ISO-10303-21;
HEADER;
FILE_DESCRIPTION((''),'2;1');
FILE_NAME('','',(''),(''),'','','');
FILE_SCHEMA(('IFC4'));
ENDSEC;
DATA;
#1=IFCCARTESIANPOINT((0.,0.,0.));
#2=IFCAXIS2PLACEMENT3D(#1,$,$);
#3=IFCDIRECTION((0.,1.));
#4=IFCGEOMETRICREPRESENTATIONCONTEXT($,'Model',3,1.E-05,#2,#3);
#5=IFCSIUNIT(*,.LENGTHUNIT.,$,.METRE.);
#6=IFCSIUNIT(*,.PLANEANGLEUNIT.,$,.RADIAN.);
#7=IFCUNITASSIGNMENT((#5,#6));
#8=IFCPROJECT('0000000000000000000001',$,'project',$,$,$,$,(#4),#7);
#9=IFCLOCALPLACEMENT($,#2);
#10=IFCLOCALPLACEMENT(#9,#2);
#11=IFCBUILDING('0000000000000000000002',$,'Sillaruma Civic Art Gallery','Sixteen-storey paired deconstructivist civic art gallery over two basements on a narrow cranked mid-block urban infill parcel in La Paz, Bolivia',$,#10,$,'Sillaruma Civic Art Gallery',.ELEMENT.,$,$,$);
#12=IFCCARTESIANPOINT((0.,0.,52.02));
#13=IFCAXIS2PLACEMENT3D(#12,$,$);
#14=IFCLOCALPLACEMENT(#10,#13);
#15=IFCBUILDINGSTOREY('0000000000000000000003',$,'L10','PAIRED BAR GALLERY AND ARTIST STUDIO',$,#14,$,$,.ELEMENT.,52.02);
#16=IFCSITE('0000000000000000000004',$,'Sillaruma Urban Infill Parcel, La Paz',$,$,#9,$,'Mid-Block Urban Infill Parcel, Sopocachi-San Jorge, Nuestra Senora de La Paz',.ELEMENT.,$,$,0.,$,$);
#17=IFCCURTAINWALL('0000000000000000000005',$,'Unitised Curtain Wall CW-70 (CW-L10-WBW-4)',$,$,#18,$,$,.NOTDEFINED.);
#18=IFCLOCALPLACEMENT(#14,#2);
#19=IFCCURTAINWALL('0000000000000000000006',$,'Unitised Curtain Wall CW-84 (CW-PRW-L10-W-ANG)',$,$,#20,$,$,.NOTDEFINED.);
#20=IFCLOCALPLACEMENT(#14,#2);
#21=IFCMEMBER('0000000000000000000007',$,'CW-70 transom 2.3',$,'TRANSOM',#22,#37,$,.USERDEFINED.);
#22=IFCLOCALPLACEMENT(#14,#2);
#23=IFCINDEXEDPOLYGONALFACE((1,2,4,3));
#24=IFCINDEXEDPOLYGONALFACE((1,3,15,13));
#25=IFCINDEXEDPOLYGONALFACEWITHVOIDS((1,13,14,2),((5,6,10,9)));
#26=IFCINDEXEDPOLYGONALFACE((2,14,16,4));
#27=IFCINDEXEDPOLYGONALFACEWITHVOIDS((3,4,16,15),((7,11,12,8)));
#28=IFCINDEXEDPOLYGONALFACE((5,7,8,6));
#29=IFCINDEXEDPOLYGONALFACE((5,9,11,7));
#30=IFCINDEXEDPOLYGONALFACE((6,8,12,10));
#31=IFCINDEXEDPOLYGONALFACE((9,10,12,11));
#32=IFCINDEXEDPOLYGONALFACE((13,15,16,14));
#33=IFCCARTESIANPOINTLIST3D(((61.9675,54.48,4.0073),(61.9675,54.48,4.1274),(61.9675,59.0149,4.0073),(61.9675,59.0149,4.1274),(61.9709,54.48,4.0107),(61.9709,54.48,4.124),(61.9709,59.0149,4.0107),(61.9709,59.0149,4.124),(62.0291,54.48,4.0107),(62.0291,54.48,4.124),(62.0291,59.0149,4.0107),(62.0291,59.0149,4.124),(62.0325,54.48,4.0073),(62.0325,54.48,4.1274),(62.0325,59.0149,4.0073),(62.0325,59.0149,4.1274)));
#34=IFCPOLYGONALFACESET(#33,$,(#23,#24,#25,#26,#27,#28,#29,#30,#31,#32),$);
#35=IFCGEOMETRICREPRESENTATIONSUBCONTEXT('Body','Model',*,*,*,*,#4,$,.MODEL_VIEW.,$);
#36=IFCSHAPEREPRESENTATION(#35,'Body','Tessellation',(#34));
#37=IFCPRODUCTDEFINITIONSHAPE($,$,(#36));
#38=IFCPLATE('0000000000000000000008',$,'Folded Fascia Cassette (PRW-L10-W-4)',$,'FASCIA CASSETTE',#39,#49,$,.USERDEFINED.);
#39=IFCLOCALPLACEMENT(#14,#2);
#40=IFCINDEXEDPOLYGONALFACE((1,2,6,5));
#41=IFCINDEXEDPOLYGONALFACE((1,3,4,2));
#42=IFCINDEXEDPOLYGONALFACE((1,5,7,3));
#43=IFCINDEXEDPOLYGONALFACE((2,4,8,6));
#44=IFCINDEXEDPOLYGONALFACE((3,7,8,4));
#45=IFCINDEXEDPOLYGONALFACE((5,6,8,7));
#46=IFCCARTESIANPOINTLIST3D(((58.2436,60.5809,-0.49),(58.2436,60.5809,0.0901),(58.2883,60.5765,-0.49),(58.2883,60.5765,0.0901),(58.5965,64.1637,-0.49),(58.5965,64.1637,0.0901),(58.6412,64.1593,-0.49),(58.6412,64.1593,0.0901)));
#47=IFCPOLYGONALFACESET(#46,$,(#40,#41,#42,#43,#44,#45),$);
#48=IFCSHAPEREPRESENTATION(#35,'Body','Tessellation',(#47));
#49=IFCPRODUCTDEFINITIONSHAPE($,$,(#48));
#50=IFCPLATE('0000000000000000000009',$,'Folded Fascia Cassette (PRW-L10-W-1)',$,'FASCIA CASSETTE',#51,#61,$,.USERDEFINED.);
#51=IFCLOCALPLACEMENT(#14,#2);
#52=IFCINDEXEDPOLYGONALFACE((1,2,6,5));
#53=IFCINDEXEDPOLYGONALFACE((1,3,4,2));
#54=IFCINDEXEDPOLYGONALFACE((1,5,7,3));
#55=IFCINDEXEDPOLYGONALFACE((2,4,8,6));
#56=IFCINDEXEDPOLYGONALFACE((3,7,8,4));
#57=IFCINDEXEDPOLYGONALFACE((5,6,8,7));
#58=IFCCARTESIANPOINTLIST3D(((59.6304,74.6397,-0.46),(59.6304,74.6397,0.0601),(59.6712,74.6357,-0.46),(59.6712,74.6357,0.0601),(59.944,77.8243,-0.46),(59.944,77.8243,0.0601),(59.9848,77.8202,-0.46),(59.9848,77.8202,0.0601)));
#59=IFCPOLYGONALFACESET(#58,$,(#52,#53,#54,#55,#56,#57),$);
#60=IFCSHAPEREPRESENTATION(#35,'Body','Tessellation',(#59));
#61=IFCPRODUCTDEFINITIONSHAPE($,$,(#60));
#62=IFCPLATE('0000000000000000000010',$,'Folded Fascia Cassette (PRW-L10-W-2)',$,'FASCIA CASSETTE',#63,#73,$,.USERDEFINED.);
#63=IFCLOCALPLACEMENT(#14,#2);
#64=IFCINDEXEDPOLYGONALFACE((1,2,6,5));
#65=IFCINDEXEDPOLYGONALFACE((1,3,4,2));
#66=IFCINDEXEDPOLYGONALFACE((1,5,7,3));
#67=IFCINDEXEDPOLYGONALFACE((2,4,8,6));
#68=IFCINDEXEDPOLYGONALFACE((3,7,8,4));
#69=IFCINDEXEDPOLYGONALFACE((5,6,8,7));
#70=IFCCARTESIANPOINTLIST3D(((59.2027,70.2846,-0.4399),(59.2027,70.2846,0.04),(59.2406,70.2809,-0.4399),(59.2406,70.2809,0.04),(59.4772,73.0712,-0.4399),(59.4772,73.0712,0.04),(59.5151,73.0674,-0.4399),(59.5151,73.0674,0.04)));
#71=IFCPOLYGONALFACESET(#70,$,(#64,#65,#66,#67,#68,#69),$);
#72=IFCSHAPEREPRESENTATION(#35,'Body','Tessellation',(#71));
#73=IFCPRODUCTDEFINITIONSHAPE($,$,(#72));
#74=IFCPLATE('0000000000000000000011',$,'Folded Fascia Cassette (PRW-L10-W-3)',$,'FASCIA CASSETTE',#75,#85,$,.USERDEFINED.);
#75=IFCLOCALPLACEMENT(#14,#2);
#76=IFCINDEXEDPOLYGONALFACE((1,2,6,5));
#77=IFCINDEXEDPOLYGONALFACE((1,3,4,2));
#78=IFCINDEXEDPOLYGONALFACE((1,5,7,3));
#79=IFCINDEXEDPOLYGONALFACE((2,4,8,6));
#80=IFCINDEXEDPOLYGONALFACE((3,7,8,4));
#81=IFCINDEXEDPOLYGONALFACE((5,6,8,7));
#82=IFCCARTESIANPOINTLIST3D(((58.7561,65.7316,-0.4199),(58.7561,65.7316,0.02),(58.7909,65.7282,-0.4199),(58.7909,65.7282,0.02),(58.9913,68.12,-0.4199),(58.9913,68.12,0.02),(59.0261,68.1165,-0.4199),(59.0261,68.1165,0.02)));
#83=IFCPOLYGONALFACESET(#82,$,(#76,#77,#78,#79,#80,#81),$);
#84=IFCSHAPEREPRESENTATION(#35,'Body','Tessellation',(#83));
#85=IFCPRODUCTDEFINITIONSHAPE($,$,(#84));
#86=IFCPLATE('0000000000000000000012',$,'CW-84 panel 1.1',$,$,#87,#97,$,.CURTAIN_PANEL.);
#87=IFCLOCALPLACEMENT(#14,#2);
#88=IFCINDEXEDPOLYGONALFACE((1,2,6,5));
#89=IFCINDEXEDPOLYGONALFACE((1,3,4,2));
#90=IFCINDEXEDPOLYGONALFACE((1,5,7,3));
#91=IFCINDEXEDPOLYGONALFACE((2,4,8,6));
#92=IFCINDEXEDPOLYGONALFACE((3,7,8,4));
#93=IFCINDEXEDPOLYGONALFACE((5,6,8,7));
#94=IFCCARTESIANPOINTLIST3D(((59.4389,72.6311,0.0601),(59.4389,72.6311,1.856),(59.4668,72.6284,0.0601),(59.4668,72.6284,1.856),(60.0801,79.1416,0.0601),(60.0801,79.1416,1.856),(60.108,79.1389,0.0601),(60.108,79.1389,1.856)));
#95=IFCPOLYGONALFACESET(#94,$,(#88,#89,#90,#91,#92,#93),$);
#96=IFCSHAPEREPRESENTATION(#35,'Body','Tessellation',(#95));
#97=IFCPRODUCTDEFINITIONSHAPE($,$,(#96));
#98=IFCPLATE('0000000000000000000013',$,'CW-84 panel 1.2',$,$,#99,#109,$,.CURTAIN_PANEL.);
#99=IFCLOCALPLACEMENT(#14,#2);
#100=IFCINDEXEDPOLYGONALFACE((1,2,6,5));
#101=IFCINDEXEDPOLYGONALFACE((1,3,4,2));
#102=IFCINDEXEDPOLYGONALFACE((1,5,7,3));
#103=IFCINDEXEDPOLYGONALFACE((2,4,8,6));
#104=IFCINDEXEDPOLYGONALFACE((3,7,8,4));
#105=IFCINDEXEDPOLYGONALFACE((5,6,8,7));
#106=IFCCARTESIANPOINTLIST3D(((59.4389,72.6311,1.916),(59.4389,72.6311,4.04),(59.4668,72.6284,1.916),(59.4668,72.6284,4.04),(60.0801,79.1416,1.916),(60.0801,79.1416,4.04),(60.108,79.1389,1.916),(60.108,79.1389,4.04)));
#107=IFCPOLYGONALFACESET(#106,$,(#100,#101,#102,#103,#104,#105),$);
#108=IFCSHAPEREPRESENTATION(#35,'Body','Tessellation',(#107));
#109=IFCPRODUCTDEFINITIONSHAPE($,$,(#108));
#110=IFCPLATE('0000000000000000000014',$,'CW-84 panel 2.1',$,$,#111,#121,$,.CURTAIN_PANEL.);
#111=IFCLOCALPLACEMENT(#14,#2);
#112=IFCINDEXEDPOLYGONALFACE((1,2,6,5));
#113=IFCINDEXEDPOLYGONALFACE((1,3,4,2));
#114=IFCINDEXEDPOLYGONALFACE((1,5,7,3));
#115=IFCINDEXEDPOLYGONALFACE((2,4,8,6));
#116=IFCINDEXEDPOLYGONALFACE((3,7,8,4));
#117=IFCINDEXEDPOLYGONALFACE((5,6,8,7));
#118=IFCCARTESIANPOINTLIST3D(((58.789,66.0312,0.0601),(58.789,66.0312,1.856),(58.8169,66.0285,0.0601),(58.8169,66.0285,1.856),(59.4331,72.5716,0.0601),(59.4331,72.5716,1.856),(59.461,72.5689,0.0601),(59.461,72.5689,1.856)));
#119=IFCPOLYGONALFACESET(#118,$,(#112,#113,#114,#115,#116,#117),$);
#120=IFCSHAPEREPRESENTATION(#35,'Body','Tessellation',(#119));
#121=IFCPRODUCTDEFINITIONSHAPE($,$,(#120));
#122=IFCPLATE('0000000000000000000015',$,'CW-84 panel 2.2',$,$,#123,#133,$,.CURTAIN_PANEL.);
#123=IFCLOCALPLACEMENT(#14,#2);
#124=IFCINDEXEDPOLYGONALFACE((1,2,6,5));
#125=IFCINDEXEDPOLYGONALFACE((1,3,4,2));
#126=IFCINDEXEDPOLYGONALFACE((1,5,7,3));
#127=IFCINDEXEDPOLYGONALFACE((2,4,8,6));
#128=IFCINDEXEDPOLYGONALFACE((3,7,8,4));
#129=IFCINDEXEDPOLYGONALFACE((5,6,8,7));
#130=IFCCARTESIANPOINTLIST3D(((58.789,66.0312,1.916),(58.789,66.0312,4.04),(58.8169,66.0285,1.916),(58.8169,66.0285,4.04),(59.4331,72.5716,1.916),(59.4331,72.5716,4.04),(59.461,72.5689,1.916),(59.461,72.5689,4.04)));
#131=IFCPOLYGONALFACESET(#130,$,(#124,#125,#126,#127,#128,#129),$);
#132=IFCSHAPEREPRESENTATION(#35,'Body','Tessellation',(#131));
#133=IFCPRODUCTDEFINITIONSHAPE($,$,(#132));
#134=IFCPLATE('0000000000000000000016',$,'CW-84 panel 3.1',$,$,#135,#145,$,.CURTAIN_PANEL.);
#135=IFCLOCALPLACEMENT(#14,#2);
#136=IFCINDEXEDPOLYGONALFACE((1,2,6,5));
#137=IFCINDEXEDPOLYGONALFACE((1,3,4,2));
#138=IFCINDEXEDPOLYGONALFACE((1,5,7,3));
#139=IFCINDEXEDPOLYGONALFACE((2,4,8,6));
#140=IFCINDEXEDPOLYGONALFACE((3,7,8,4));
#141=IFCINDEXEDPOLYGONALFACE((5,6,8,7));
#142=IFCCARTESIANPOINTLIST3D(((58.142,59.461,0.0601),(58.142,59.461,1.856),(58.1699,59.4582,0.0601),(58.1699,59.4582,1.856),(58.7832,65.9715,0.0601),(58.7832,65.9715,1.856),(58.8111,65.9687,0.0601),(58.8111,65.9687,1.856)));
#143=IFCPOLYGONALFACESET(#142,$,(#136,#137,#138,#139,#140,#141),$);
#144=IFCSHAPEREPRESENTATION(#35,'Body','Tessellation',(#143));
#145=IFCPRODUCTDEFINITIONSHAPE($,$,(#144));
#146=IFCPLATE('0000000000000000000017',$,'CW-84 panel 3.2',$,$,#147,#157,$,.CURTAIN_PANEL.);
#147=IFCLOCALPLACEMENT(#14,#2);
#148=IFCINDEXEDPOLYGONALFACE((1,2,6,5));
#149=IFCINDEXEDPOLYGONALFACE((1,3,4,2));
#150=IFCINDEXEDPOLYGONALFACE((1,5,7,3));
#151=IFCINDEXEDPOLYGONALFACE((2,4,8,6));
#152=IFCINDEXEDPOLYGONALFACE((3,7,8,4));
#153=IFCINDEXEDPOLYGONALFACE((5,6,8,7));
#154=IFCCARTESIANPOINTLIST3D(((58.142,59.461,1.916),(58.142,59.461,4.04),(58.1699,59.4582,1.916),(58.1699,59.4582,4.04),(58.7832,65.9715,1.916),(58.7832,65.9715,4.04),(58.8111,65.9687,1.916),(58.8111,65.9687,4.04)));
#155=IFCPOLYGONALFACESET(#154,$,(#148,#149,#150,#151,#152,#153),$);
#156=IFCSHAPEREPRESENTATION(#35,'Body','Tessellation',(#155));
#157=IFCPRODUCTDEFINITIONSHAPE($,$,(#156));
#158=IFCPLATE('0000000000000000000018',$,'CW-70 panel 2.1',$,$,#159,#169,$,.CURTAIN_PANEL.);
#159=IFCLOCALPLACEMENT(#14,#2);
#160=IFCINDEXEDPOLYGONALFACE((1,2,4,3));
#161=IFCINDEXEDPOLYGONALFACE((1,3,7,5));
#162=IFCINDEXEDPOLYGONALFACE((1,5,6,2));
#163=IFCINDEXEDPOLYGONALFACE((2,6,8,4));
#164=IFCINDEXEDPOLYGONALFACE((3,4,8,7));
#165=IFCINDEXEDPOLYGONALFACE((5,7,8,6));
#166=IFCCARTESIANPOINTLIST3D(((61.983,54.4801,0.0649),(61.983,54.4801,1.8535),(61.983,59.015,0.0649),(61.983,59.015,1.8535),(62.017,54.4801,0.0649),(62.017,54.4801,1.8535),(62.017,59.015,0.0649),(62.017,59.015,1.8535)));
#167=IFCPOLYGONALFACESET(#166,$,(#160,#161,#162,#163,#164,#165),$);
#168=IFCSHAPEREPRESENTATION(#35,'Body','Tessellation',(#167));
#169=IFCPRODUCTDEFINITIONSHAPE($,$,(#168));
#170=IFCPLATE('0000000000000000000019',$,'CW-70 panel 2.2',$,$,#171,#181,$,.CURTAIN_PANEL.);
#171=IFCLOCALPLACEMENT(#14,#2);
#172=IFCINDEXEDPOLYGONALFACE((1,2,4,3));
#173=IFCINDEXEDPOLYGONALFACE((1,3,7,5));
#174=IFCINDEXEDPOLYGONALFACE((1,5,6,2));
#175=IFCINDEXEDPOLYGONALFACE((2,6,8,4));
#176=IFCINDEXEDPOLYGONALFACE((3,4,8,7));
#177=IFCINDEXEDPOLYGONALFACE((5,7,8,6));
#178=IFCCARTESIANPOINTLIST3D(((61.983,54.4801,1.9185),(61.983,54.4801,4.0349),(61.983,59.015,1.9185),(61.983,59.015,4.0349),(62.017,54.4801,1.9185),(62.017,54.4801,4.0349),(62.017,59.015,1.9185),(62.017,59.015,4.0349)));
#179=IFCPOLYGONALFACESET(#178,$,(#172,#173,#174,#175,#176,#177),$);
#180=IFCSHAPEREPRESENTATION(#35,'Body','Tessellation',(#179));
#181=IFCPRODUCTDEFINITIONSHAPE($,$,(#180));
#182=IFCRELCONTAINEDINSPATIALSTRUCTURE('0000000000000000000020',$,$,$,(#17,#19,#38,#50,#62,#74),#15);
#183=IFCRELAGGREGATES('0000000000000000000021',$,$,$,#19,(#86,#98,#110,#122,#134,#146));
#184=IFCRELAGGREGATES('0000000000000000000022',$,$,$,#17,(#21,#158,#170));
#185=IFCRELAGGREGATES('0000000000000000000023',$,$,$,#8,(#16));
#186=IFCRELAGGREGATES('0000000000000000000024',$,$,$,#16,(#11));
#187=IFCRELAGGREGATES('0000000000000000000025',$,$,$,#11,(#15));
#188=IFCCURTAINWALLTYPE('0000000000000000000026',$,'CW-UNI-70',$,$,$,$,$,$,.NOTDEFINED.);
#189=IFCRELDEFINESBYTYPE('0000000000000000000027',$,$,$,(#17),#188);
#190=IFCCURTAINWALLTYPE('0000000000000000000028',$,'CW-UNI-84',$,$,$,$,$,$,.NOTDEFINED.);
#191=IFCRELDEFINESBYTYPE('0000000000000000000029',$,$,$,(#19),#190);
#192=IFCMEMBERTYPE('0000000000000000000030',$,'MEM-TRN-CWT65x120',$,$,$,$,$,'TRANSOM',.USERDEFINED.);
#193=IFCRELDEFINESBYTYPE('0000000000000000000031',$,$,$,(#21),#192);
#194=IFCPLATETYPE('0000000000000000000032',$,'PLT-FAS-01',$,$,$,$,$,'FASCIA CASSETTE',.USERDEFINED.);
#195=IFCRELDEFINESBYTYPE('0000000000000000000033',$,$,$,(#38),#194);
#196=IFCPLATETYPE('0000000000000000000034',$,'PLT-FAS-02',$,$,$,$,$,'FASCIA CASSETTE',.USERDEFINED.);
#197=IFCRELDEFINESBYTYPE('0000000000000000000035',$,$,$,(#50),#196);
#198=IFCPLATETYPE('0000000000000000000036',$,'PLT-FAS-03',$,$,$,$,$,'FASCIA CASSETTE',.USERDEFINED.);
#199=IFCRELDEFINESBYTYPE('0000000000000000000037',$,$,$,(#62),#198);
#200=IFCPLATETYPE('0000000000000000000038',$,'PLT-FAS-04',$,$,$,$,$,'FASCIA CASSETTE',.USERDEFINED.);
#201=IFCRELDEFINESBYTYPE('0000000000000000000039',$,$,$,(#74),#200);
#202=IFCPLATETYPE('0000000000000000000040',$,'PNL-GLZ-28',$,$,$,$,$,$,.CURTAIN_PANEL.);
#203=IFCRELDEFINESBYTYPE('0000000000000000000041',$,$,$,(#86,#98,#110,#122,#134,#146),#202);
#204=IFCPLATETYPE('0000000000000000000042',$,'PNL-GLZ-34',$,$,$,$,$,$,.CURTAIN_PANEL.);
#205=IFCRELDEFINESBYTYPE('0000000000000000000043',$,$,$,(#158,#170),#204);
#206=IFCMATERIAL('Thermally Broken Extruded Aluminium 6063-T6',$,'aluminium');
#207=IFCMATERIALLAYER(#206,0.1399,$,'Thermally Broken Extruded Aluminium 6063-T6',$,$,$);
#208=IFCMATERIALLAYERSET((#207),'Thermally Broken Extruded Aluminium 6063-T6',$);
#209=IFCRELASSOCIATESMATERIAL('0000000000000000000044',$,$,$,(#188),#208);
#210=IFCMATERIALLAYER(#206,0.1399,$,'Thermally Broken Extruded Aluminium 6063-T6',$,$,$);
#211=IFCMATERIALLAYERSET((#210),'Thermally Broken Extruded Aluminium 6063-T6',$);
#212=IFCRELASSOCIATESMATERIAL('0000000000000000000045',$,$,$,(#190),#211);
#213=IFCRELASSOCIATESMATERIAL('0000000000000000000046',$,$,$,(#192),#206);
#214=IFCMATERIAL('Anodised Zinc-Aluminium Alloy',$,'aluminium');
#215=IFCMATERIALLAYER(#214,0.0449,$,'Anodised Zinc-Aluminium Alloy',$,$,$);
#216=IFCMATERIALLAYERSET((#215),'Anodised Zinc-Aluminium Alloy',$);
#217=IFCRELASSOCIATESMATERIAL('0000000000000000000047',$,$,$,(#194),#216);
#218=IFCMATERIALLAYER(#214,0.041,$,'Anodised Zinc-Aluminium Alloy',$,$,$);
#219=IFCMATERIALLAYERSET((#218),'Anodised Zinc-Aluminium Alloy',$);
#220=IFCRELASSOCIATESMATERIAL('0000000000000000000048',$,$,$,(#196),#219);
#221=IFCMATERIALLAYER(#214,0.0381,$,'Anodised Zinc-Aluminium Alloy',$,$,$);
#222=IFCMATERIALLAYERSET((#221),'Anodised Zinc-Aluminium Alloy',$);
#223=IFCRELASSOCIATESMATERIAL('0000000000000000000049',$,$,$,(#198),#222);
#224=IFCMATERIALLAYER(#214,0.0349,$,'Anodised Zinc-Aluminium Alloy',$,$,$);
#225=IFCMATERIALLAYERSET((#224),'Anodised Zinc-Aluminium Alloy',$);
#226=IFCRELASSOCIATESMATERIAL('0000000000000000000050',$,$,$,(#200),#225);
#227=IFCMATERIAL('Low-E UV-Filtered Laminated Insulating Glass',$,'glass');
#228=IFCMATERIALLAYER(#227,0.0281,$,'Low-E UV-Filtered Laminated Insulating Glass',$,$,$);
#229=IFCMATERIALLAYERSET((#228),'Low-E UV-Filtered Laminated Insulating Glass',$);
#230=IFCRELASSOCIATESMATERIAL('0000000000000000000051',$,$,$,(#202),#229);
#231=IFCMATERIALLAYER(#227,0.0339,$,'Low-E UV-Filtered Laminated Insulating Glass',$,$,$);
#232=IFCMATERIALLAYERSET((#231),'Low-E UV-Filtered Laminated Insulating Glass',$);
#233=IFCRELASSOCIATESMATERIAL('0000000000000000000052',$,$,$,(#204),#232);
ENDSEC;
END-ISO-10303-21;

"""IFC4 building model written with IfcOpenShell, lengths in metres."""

from ifc_helpers import new_model, si_unit, direction, frame, origin, origin_2d, place, context, subcontext, project, spatial, rectangle, hollow_rectangle, extrude, material, layer, layer_set, material_profile, profile_set, type_object, element, aggregate, save


model = new_model("IFC4")

# Units and contexts
model_context = context("Model", 3, precision=1e-05, world=origin(), true_north=direction((0.0, 1.0)))
body_context = subcontext(model_context, "Body", "Model", "MODEL_VIEW")
ifc_project = project(units=[si_unit("LENGTHUNIT", "METRE"), si_unit("PLANEANGLEUNIT", "RADIAN")], contexts=[model_context])

# Site, building, storey
site_placement = place(None, origin())
site = spatial("IfcSite", under=ifc_project, at=site_placement, Name="Sillaruma Urban Infill Parcel, La Paz", LongName="Mid-Block Urban Infill Parcel, Sopocachi-San Jorge, Nuestra Senora de La Paz", CompositionType="ELEMENT", RefElevation=0.0)
building_placement = place(site_placement, origin())
building = spatial("IfcBuilding", under=site, at=building_placement, Name="Sillaruma Civic Art Gallery", Description="Sixteen-storey paired deconstructivist civic art gallery over two basements on a narrow cranked mid-block urban infill parcel in La Paz, Bolivia", LongName="Sillaruma Civic Art Gallery", CompositionType="ELEMENT")
storey_placement = place(building_placement, frame((0.0, 0.0, 52.02)))
storey = spatial("IfcBuildingStorey", under=building, at=storey_placement, Name="L10", Description="PAIRED BAR GALLERY AND ARTIST STUDIO", CompositionType="ELEMENT", Elevation=52.02)

# Curtain wall
ifc_material_1 = material(Name="Thermally Broken Extruded Aluminium 6063-T6", Category="aluminium")
ifc_layer_1 = layer(ifc_material_1, 0.1399, Name="Thermally Broken Extruded Aluminium 6063-T6")
ifc_layer_set_1 = layer_set([ifc_layer_1], Name="Thermally Broken Extruded Aluminium 6063-T6")
curtain_wall_type_1 = type_object("IfcCurtainWallType", Name="CW-UNI-70", PredefinedType="NOTDEFINED", material=ifc_layer_set_1)
curtain_wall_1_placement = place(storey_placement, origin())
curtain_wall_1 = element("IfcCurtainWall", 1, at=curtain_wall_1_placement, inside=storey, type_object=curtain_wall_type_1, Name="Unitised Curtain Wall CW-70 (CW-L10-WBW-4)", PredefinedType="NOTDEFINED")

# Curtain wall
ifc_layer_2 = layer(ifc_material_1, 0.1399, Name="Thermally Broken Extruded Aluminium 6063-T6")
ifc_layer_set_2 = layer_set([ifc_layer_2], Name="Thermally Broken Extruded Aluminium 6063-T6")
curtain_wall_type_2 = type_object("IfcCurtainWallType", Name="CW-UNI-84", PredefinedType="NOTDEFINED", material=ifc_layer_set_2)
curtain_wall_2_placement = place(storey_placement, origin())
curtain_wall_2 = element("IfcCurtainWall", 2, at=curtain_wall_2_placement, inside=storey, type_object=curtain_wall_type_2, Name="Unitised Curtain Wall CW-84 (CW-PRW-L10-W-ANG)", PredefinedType="NOTDEFINED")

# Member
ifc_material_profile_1 = material_profile(ifc_material_1, hollow_rectangle(XDim=0.0649, YDim=0.1201, WallThickness=0.0034, at=origin_2d()), Name="CWT65x120")
ifc_profile_set_1 = profile_set([ifc_material_profile_1], Name="Thermally Broken Extruded Aluminium 6063-T6")
member_type_1 = type_object("IfcMemberType", Name="MEM-TRN-CWT65x120", ElementType="TRANSOM", PredefinedType="USERDEFINED", material=ifc_profile_set_1)
member_1_placement = place(storey_placement, frame((62.0, 54.48, 4.0674), z_axis=(0.0, 1.0, 0.0), x_axis=(-1.0, 0.0, 0.0)))
member_1 = element("IfcMember", 3, at=member_1_placement, type_object=member_type_1, Name="CW-70 transom 2.3", ObjectType="TRANSOM", PredefinedType="USERDEFINED", context=body_context, shape_type="SweptSolid", body=[
    extrude(hollow_rectangle(XDim=0.0649, YDim=0.1201, WallThickness=0.0034, at=origin_2d()), origin(), (0.0, 0.0, 1.0), 4.5349),
])

# Plates
ifc_material_2 = material(Name="Anodised Zinc-Aluminium Alloy", Category="aluminium")
ifc_layer_3 = layer(ifc_material_2, 0.0449, Name="Anodised Zinc-Aluminium Alloy")
ifc_layer_set_3 = layer_set([ifc_layer_3], Name="Anodised Zinc-Aluminium Alloy")
plate_type_1 = type_object("IfcPlateType", Name="PLT-FAS-01", ElementType="FASCIA CASSETTE", PredefinedType="USERDEFINED", material=ifc_layer_set_3)
plate_1_placement = place(storey_placement, frame((58.4424, 62.3701, -0.49), z_axis=(0.0, 0.0, 1.0), x_axis=(-0.098011, -0.995185, 0.0)))
element("IfcPlate", 4, at=plate_1_placement, inside=storey, type_object=plate_type_1, Name="Folded Fascia Cassette (PRW-L10-W-4)", ObjectType="FASCIA CASSETTE", PredefinedType="USERDEFINED", context=body_context, shape_type="SweptSolid", body=[
    extrude(rectangle(XDim=3.6001, YDim=0.0449, at=origin_2d()), origin(), (0.0, 0.0, 1.0), 0.5801),
])
ifc_layer_4 = layer(ifc_material_2, 0.041, Name="Anodised Zinc-Aluminium Alloy")
ifc_layer_set_4 = layer_set([ifc_layer_4], Name="Anodised Zinc-Aluminium Alloy")
plate_type_2 = type_object("IfcPlateType", Name="PLT-FAS-02", ElementType="FASCIA CASSETTE", PredefinedType="USERDEFINED", material=ifc_layer_set_4)
plate_2_placement = place(storey_placement, frame((59.8076, 76.23, -0.46), z_axis=(0.0, 0.0, 1.0), x_axis=(-0.098011, -0.995185, 0.0)))
element("IfcPlate", 5, at=plate_2_placement, inside=storey, type_object=plate_type_2, Name="Folded Fascia Cassette (PRW-L10-W-1)", ObjectType="FASCIA CASSETTE", PredefinedType="USERDEFINED", context=body_context, shape_type="SweptSolid", body=[
    extrude(rectangle(XDim=3.2, YDim=0.041, at=origin_2d()), origin(), (0.0, 0.0, 1.0), 0.52),
])
ifc_layer_5 = layer(ifc_material_2, 0.0381, Name="Anodised Zinc-Aluminium Alloy")
ifc_layer_set_5 = layer_set([ifc_layer_5], Name="Anodised Zinc-Aluminium Alloy")
plate_type_3 = type_object("IfcPlateType", Name="PLT-FAS-03", ElementType="FASCIA CASSETTE", PredefinedType="USERDEFINED", material=ifc_layer_set_5)
plate_3_placement = place(storey_placement, frame((59.3589, 71.676, -0.4399), z_axis=(0.0, 0.0, 1.0), x_axis=(-0.098011, -0.995185, 0.0)))
element("IfcPlate", 6, at=plate_3_placement, inside=storey, type_object=plate_type_3, Name="Folded Fascia Cassette (PRW-L10-W-2)", ObjectType="FASCIA CASSETTE", PredefinedType="USERDEFINED", context=body_context, shape_type="SweptSolid", body=[
    extrude(rectangle(XDim=2.8, YDim=0.0381, at=origin_2d()), origin(), (0.0, 0.0, 1.0), 0.48),
])
ifc_layer_6 = layer(ifc_material_2, 0.0349, Name="Anodised Zinc-Aluminium Alloy")
ifc_layer_set_6 = layer_set([ifc_layer_6], Name="Anodised Zinc-Aluminium Alloy")
plate_type_4 = type_object("IfcPlateType", Name="PLT-FAS-04", ElementType="FASCIA CASSETTE", PredefinedType="USERDEFINED", material=ifc_layer_set_6)
plate_4_placement = place(storey_placement, frame((58.8911, 66.9241, -0.4199), z_axis=(0.0, 0.0, 1.0), x_axis=(-0.098011, -0.995185, 0.0)))
element("IfcPlate", 7, at=plate_4_placement, inside=storey, type_object=plate_type_4, Name="Folded Fascia Cassette (PRW-L10-W-3)", ObjectType="FASCIA CASSETTE", PredefinedType="USERDEFINED", context=body_context, shape_type="SweptSolid", body=[
    extrude(rectangle(XDim=2.3999, YDim=0.0349, at=origin_2d()), origin(), (0.0, 0.0, 1.0), 0.4399),
])

# Plates
ifc_material_3 = material(Name="Low-E UV-Filtered Laminated Insulating Glass", Category="glass")
ifc_layer_7 = layer(ifc_material_3, 0.0281, Name="Low-E UV-Filtered Laminated Insulating Glass")
ifc_layer_set_7 = layer_set([ifc_layer_7], Name="Low-E UV-Filtered Laminated Insulating Glass")
plate_type_5 = type_object("IfcPlateType", Name="PNL-GLZ-28", PredefinedType="CURTAIN_PANEL", material=ifc_layer_set_7)
plate_5_placement = place(storey_placement, frame((59.7734, 75.885, 0.0601), z_axis=(0.0, 0.0, 1.0), x_axis=(-0.098011, -0.995185, 0.0)))
plate_5 = element("IfcPlate", 8, at=plate_5_placement, type_object=plate_type_5, Name="CW-84 panel 1.1", PredefinedType="CURTAIN_PANEL", context=body_context, shape_type="SweptSolid", body=[
    extrude(rectangle(XDim=6.542, YDim=0.0281, at=origin_2d()), origin(), (0.0, 0.0, 1.0), 1.7959),
])
plate_6_placement = place(storey_placement, frame((59.7734, 75.885, 1.916), z_axis=(0.0, 0.0, 1.0), x_axis=(-0.098011, -0.995185, 0.0)))
plate_6 = element("IfcPlate", 9, at=plate_6_placement, type_object=plate_type_5, Name="CW-84 panel 1.2", PredefinedType="CURTAIN_PANEL", context=body_context, shape_type="SweptSolid", body=[
    extrude(rectangle(XDim=6.542, YDim=0.0281, at=origin_2d()), origin(), (0.0, 0.0, 1.0), 2.124),
])
plate_7_placement = place(storey_placement, frame((59.125, 69.3, 0.0601), z_axis=(0.0, 0.0, 1.0), x_axis=(-0.098011, -0.995185, 0.0)))
plate_7 = element("IfcPlate", 10, at=plate_7_placement, type_object=plate_type_5, Name="CW-84 panel 2.1", PredefinedType="CURTAIN_PANEL", context=body_context, shape_type="SweptSolid", body=[
    extrude(rectangle(XDim=6.572, YDim=0.0281, at=origin_2d()), origin(), (0.0, 0.0, 1.0), 1.7959),
])
plate_8_placement = place(storey_placement, frame((59.125, 69.3, 1.916), z_axis=(0.0, 0.0, 1.0), x_axis=(-0.098011, -0.995185, 0.0)))
plate_8 = element("IfcPlate", 11, at=plate_8_placement, type_object=plate_type_5, Name="CW-84 panel 2.2", PredefinedType="CURTAIN_PANEL", context=body_context, shape_type="SweptSolid", body=[
    extrude(rectangle(XDim=6.572, YDim=0.0281, at=origin_2d()), origin(), (0.0, 0.0, 1.0), 2.124),
])
plate_9_placement = place(storey_placement, frame((58.4766, 62.7148, 0.0601), z_axis=(0.0, 0.0, 1.0), x_axis=(-0.098011, -0.995185, 0.0)))
plate_9 = element("IfcPlate", 12, at=plate_9_placement, type_object=plate_type_5, Name="CW-84 panel 3.1", PredefinedType="CURTAIN_PANEL", context=body_context, shape_type="SweptSolid", body=[
    extrude(rectangle(XDim=6.542, YDim=0.0281, at=origin_2d()), origin(), (0.0, 0.0, 1.0), 1.7959),
])
plate_10_placement = place(storey_placement, frame((58.4766, 62.7148, 1.916), z_axis=(0.0, 0.0, 1.0), x_axis=(-0.098011, -0.995185, 0.0)))
plate_10 = element("IfcPlate", 13, at=plate_10_placement, type_object=plate_type_5, Name="CW-84 panel 3.2", PredefinedType="CURTAIN_PANEL", context=body_context, shape_type="SweptSolid", body=[
    extrude(rectangle(XDim=6.542, YDim=0.0281, at=origin_2d()), origin(), (0.0, 0.0, 1.0), 2.124),
])
aggregate(curtain_wall_2, [plate_5, plate_6, plate_7, plate_8, plate_9, plate_10])
ifc_layer_8 = layer(ifc_material_3, 0.0339, Name="Low-E UV-Filtered Laminated Insulating Glass")
ifc_layer_set_8 = layer_set([ifc_layer_8], Name="Low-E UV-Filtered Laminated Insulating Glass")
plate_type_6 = type_object("IfcPlateType", Name="PNL-GLZ-34", PredefinedType="CURTAIN_PANEL", material=ifc_layer_set_8)
plate_11_placement = place(storey_placement, frame((62.0, 56.7476, 0.0649), z_axis=(0.0, 0.0, 1.0), x_axis=(0.0, 1.0, 0.0)))
plate_11 = element("IfcPlate", 14, at=plate_11_placement, type_object=plate_type_6, Name="CW-70 panel 2.1", PredefinedType="CURTAIN_PANEL", context=body_context, shape_type="SweptSolid", body=[
    extrude(rectangle(XDim=4.5349, YDim=0.0339, at=origin_2d()), origin(), (0.0, 0.0, 1.0), 1.7886),
])
plate_12_placement = place(storey_placement, frame((62.0, 56.7476, 1.9185), z_axis=(0.0, 0.0, 1.0), x_axis=(0.0, 1.0, 0.0)))
plate_12 = element("IfcPlate", 15, at=plate_12_placement, type_object=plate_type_6, Name="CW-70 panel 2.2", PredefinedType="CURTAIN_PANEL", context=body_context, shape_type="SweptSolid", body=[
    extrude(rectangle(XDim=4.5349, YDim=0.0339, at=origin_2d()), origin(), (0.0, 0.0, 1.0), 2.1165),
])
aggregate(curtain_wall_1, [member_1, plate_11, plate_12])

save(model, "model.ifc")
